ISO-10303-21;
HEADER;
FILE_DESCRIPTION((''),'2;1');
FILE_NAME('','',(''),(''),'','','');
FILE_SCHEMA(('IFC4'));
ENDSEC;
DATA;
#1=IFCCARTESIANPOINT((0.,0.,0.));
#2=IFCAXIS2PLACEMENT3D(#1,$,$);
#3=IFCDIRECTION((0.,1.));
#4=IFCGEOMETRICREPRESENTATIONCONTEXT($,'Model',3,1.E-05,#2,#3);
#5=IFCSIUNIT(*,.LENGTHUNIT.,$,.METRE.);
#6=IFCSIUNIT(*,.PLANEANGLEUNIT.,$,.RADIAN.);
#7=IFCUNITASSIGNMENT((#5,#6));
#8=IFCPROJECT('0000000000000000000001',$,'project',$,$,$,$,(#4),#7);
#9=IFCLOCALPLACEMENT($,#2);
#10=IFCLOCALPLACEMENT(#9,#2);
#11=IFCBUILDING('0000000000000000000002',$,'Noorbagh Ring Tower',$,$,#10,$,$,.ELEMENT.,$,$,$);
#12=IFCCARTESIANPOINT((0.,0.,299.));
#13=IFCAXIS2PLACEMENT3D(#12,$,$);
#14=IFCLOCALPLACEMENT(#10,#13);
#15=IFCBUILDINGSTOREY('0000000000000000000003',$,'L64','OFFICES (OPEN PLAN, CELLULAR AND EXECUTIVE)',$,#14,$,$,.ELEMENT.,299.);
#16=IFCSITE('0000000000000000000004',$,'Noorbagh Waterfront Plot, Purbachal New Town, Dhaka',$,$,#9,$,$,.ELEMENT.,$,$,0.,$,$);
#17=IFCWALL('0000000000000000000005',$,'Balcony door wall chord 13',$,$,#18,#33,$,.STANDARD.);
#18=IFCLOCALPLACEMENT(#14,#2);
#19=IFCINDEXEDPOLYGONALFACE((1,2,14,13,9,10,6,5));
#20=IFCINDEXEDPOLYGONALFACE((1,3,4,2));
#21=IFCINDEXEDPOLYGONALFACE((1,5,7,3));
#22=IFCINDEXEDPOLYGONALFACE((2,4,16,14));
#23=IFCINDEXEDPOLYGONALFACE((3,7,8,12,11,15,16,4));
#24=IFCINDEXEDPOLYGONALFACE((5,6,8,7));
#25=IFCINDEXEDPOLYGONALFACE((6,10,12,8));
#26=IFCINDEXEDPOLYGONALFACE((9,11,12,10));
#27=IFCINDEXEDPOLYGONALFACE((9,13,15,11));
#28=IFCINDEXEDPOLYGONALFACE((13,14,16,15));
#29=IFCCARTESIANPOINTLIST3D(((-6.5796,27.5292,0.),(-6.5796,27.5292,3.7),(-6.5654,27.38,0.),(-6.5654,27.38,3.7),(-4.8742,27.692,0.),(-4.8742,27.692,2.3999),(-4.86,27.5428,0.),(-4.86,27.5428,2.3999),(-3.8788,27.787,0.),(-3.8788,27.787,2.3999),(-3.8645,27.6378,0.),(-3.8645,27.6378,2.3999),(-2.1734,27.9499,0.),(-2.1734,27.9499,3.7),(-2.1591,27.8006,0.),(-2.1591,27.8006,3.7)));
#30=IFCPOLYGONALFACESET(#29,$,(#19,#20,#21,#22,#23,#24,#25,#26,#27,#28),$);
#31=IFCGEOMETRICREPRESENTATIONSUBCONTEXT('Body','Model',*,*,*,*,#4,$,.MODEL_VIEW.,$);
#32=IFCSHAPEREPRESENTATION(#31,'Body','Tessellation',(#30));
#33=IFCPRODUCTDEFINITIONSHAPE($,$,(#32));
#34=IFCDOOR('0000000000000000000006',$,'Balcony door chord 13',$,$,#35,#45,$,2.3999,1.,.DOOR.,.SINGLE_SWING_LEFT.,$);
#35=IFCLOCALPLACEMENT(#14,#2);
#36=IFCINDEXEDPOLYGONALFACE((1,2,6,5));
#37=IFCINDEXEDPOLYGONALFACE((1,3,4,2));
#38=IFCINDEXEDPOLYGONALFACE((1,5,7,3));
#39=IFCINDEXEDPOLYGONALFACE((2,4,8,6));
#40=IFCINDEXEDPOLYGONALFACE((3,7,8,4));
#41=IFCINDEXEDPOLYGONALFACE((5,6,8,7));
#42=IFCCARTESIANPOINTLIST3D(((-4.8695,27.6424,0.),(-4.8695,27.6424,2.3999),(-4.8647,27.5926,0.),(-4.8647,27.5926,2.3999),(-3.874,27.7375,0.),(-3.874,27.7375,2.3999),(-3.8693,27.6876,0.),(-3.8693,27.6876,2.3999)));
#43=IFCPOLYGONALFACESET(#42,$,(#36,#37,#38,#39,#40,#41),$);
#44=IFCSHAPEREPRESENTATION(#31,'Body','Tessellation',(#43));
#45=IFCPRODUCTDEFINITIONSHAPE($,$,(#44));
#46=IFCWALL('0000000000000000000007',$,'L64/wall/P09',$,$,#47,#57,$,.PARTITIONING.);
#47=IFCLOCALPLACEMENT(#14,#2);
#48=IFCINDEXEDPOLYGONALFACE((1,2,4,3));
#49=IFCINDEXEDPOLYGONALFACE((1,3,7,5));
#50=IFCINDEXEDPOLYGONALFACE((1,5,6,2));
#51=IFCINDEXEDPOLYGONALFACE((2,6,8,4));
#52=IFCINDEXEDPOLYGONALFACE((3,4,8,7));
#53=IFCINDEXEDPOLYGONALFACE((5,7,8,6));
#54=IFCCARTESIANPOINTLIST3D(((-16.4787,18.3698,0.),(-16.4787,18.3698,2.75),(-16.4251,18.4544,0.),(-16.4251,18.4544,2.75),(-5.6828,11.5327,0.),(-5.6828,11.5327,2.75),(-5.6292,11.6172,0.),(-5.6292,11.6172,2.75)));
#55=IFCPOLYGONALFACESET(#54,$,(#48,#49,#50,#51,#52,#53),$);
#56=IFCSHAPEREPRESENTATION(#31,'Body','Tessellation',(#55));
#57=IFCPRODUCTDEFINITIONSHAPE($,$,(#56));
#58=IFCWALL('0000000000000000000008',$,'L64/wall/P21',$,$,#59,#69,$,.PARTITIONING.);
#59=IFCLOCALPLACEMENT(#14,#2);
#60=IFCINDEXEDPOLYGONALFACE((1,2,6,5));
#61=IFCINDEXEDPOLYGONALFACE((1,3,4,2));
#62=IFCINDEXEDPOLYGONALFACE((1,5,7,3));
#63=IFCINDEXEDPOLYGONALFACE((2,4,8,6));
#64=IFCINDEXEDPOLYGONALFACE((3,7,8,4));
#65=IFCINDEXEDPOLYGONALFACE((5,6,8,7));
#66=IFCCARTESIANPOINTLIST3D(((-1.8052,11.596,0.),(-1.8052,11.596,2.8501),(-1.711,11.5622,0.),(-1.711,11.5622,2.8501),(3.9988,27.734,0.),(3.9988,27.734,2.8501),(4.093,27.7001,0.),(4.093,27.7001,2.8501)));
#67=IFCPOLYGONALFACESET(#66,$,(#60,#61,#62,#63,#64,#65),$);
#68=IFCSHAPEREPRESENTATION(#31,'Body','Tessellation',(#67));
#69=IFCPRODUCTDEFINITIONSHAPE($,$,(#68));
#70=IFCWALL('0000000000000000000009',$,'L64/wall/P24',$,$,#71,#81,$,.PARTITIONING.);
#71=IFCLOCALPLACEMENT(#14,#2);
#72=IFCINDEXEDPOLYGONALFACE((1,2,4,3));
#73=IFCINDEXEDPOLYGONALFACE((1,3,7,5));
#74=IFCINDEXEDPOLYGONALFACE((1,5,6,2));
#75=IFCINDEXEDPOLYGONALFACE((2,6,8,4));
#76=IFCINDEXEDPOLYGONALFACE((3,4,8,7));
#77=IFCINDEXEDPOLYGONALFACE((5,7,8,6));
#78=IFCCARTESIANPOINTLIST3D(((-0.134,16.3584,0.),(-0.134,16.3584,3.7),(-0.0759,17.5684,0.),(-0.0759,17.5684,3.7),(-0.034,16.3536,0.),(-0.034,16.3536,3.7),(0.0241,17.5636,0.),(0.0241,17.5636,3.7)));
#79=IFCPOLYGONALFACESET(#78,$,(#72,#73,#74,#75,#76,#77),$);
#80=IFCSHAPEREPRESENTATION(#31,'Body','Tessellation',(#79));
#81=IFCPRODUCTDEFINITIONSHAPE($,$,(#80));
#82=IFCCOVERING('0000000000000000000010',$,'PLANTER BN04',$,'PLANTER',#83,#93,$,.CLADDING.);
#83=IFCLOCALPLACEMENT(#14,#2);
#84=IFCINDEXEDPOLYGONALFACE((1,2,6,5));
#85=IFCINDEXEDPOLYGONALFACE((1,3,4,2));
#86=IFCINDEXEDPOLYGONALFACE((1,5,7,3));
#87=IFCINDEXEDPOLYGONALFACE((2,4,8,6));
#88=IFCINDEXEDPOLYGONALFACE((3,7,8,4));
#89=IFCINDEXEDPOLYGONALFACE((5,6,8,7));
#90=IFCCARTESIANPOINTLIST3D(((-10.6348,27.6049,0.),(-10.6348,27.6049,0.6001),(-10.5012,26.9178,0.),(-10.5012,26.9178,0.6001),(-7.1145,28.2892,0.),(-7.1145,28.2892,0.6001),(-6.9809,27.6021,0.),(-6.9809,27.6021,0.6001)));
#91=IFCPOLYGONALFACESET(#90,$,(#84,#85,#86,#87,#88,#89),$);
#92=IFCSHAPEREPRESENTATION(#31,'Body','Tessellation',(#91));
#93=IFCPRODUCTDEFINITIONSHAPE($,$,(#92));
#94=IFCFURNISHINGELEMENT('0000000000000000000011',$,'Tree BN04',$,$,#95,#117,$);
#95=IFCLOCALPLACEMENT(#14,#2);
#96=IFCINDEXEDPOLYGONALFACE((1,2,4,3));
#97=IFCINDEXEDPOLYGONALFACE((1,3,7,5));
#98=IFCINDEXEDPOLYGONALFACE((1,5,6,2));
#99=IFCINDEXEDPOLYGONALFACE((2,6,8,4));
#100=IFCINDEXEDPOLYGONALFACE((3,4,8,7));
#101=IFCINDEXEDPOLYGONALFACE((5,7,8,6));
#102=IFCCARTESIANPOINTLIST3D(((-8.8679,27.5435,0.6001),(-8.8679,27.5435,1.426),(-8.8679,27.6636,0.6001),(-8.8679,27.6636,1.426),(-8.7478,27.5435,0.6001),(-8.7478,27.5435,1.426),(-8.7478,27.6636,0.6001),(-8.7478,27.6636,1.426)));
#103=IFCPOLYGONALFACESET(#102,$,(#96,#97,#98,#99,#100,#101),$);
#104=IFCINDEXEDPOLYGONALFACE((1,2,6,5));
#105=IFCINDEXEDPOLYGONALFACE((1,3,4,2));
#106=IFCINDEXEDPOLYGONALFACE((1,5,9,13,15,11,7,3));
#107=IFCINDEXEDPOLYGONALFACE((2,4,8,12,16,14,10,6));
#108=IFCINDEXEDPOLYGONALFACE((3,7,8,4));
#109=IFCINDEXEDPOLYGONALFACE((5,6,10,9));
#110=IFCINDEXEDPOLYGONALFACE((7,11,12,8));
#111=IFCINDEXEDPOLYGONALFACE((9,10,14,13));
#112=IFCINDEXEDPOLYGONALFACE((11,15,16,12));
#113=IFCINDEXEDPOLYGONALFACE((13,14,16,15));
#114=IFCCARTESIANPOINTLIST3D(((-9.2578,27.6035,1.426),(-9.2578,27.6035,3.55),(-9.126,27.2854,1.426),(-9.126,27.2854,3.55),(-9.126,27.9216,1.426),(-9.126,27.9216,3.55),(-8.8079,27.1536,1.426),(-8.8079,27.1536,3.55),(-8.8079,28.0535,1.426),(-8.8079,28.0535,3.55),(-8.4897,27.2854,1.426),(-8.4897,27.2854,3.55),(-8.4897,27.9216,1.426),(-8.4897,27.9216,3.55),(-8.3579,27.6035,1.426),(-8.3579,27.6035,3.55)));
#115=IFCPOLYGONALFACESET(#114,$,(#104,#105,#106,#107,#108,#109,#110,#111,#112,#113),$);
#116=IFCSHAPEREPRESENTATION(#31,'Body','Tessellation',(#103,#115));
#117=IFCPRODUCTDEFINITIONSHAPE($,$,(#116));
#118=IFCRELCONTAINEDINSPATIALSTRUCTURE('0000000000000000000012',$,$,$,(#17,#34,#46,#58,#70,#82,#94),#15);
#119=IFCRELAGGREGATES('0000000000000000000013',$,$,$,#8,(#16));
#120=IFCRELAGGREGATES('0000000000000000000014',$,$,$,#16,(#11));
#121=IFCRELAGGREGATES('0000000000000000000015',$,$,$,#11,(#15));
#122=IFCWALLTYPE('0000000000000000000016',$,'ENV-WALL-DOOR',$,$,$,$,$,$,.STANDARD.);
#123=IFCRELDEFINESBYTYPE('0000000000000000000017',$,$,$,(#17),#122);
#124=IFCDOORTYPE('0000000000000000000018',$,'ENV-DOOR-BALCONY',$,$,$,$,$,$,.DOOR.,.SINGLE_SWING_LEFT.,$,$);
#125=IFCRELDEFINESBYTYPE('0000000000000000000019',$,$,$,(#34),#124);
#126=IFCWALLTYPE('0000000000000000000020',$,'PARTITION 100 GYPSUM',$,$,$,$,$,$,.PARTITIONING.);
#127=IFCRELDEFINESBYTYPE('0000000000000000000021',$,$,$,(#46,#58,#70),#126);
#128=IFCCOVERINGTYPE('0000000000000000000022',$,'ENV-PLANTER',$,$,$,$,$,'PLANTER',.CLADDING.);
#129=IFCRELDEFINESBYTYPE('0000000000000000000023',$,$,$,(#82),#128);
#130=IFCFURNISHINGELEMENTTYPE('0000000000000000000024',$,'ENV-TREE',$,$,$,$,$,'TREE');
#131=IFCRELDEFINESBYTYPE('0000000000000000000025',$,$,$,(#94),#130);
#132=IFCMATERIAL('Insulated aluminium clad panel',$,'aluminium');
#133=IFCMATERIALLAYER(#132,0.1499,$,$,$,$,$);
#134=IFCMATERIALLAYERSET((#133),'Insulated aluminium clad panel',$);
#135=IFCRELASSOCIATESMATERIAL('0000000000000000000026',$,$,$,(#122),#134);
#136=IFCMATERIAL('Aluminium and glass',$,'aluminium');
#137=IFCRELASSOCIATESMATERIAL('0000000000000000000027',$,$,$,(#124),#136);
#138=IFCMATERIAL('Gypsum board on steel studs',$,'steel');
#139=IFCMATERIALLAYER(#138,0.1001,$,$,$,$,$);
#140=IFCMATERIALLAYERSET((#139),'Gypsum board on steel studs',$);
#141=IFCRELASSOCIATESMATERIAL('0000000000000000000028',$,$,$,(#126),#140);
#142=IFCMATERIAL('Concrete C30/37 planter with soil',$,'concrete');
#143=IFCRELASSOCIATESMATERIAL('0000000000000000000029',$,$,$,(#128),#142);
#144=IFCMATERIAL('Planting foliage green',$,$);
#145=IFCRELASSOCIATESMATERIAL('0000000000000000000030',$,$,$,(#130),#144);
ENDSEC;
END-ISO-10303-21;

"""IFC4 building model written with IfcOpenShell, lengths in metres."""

from ifc_helpers import new_model, si_unit, direction, frame, frame_2d, origin, origin_2d, place, context, subcontext, project, spatial, polyline, rectangle, outline, extrude, material, layer, layer_set, type_object, element, fill, save


model = new_model("IFC4")

# Units and contexts
model_context = context("Model", 3, precision=1e-05, world=origin(), true_north=direction((0.0, 1.0)))
body_context = subcontext(model_context, "Body", "Model", "MODEL_VIEW")
ifc_project = project(units=[si_unit("LENGTHUNIT", "METRE"), si_unit("PLANEANGLEUNIT", "RADIAN")], contexts=[model_context])

# Site, building, storey
site_placement = place(None, origin())
site = spatial("IfcSite", under=ifc_project, at=site_placement, Name="Noorbagh Waterfront Plot, Purbachal New Town, Dhaka", CompositionType="ELEMENT", RefElevation=0.0)
building_placement = place(site_placement, origin())
building = spatial("IfcBuilding", under=site, at=building_placement, Name="Noorbagh Ring Tower", CompositionType="ELEMENT")
storey_placement = place(building_placement, frame((0.0, 0.0, 299.0)))
storey = spatial("IfcBuildingStorey", under=building, at=storey_placement, Name="L64", Description="OFFICES (OPEN PLAN, CELLULAR AND EXECUTIVE)", CompositionType="ELEMENT", Elevation=299.0)

# Wall, opening, door
ifc_material_1 = material(Name="Insulated aluminium clad panel", Category="aluminium")
ifc_layer_1 = layer(ifc_material_1, 0.1499)
ifc_layer_set_1 = layer_set([ifc_layer_1], Name="Insulated aluminium clad panel")
wall_type_1 = type_object("IfcWallType", Name="ENV-WALL-DOOR", PredefinedType="STANDARD", material=ifc_layer_set_1)
wall_1_placement = place(storey_placement, frame((-2.1663, 27.8752, 0.0), z_axis=(0.0, 0.0, 1.0), x_axis=(-0.995474, -0.095036, 0.0)))
wall_1 = element("IfcWall", 1, at=wall_1_placement, inside=storey, type_object=wall_type_1, Name="Balcony door wall chord 13", PredefinedType="STANDARD", context=body_context, shape_type="SweptSolid", body=[
    extrude(rectangle(XDim=4.4263, YDim=0.1499, at=frame_2d((2.2131, 0.0))), origin(), (0.0, 0.0, 1.0), 3.7),
])
opening_placement = place(wall_1_placement, frame((1.7131, 0.0, 0.0)))
opening = element("IfcOpeningElement", 2, at=opening_placement, cuts=wall_1, PredefinedType="OPENING", context=body_context, shape_type="SweptSolid", body=[
    extrude(rectangle(XDim=1.0, YDim=2.3999, at=frame_2d((0.5, 1.2))), frame((0.0, 0.085, 0.0), z_axis=(0.0, -1.0, 0.0), x_axis=(1.0, 0.0, 0.0)), (0.0, 0.0, 1.0), 0.1699),
])
ifc_material_2 = material(Name="Aluminium and glass", Category="aluminium")
door_type = type_object("IfcDoorType", Name="ENV-DOOR-BALCONY", OperationType="SINGLE_SWING_LEFT", PredefinedType="DOOR", material=ifc_material_2)
door_placement = place(opening_placement, origin())
door = element("IfcDoor", 3, at=door_placement, inside=storey, type_object=door_type, Name="Balcony door chord 13", OperationType="SINGLE_SWING_LEFT", OverallHeight=2.3999, OverallWidth=1.0, PredefinedType="DOOR", context=body_context, shape_type="SweptSolid", body=[
    extrude(rectangle(XDim=1.0, YDim=2.3999, at=frame_2d((0.5, 1.2))), frame((0.0, 0.0249, 0.0), z_axis=(0.0, -1.0, 0.0), x_axis=(1.0, 0.0, 0.0)), (0.0, 0.0, 1.0), 0.05),
])
fill(opening, door)

# Walls
ifc_material_3 = material(Name="Gypsum board on steel studs", Category="steel")
ifc_layer_2 = layer(ifc_material_3, 0.1001)
ifc_layer_set_2 = layer_set([ifc_layer_2], Name="Gypsum board on steel studs")
wall_type_2 = type_object("IfcWallType", Name="PARTITION 100 GYPSUM", PredefinedType="PARTITIONING", material=ifc_layer_set_2)
wall_2_placement = place(storey_placement, frame((-16.4519, 18.4121, 0.0), z_axis=(0.0, 0.0, 1.0), x_axis=(0.844828, -0.535038, 0.0)))
element("IfcWall", 4, at=wall_2_placement, inside=storey, type_object=wall_type_2, Name="L64/wall/P09", PredefinedType="PARTITIONING", context=body_context, shape_type="SweptSolid", body=[
    extrude(rectangle(XDim=12.7788, YDim=0.1001, at=frame_2d((6.3894, 0.0))), origin(), (0.0, 0.0, 1.0), 2.75),
])
wall_3_placement = place(storey_placement, frame((-1.7581, 11.5791, 0.0), z_axis=(0.0, 0.0, 1.0), x_axis=(0.338425, 0.940993, 0.0)))
element("IfcWall", 5, at=wall_3_placement, inside=storey, type_object=wall_type_2, Name="L64/wall/P21", PredefinedType="PARTITIONING", context=body_context, shape_type="SweptSolid", body=[
    extrude(rectangle(XDim=17.1499, YDim=0.1001, at=frame_2d((8.575, 0.0))), origin(), (0.0, 0.0, 1.0), 2.8501),
])
wall_4_placement = place(storey_placement, frame((-0.084, 16.356, 0.0), z_axis=(0.0, 0.0, 1.0), x_axis=(0.047967, 0.998849, 0.0)))
element("IfcWall", 6, at=wall_4_placement, inside=storey, type_object=wall_type_2, Name="L64/wall/P24", PredefinedType="PARTITIONING", context=body_context, shape_type="SweptSolid", body=[
    extrude(rectangle(XDim=1.2114, YDim=0.1001, at=frame_2d((0.6057, 0.0))), origin(), (0.0, 0.0, 1.0), 3.7),
])

# Covering
ifc_material_4 = material(Name="Concrete C30/37 planter with soil", Category="concrete")
covering_type = type_object("IfcCoveringType", Name="ENV-PLANTER", ElementType="PLANTER", PredefinedType="CLADDING", material=ifc_material_4)
covering_placement = place(storey_placement, frame((-8.8079, 27.6035, 0.0), z_axis=(0.0, 0.0, 1.0), x_axis=(-0.981625, -0.19082, 0.0)))
element("IfcCovering", 7, at=covering_placement, inside=storey, type_object=covering_type, Name="PLANTER BN04", ObjectType="PLANTER", PredefinedType="CLADDING", context=body_context, shape_type="SweptSolid", body=[
    extrude(rectangle(XDim=3.5862, YDim=0.7, at=origin_2d()), origin(), (0.0, 0.0, 1.0), 0.6001),
])

# Furnishing element
ifc_material_5 = material(Name="Planting foliage green")
furnishing_element_type = type_object("IfcFurnishingElementType", Name="ENV-TREE", ElementType="TREE", material=ifc_material_5)
furnishing_placement = place(storey_placement, frame((-8.8079, 27.6035, 0.6001), z_axis=(0.0, 0.0, 1.0), x_axis=(1.0, 0.0, 0.0)))
element("IfcFurnishingElement", 8, at=furnishing_placement, inside=storey, type_object=furnishing_element_type, Name="Tree BN04", context=body_context, shape_type="SweptSolid", body=[
    extrude(rectangle(XDim=0.1201, YDim=0.1201, at=origin_2d()), origin(), (0.0, 0.0, 1.0), 0.8259),
    extrude(outline(polyline([(0.45, 0.0), (0.3181, 0.3181), (0.0, 0.45), (-0.3181, 0.3181), (-0.45, 0.0), (-0.3181, -0.3181), (0.0, -0.45), (0.3181, -0.3181), (0.45, 0.0)])), frame((0.0, 0.0, 0.8259)), (0.0, 0.0, 1.0), 2.124),
])

save(model, "model.ifc")
